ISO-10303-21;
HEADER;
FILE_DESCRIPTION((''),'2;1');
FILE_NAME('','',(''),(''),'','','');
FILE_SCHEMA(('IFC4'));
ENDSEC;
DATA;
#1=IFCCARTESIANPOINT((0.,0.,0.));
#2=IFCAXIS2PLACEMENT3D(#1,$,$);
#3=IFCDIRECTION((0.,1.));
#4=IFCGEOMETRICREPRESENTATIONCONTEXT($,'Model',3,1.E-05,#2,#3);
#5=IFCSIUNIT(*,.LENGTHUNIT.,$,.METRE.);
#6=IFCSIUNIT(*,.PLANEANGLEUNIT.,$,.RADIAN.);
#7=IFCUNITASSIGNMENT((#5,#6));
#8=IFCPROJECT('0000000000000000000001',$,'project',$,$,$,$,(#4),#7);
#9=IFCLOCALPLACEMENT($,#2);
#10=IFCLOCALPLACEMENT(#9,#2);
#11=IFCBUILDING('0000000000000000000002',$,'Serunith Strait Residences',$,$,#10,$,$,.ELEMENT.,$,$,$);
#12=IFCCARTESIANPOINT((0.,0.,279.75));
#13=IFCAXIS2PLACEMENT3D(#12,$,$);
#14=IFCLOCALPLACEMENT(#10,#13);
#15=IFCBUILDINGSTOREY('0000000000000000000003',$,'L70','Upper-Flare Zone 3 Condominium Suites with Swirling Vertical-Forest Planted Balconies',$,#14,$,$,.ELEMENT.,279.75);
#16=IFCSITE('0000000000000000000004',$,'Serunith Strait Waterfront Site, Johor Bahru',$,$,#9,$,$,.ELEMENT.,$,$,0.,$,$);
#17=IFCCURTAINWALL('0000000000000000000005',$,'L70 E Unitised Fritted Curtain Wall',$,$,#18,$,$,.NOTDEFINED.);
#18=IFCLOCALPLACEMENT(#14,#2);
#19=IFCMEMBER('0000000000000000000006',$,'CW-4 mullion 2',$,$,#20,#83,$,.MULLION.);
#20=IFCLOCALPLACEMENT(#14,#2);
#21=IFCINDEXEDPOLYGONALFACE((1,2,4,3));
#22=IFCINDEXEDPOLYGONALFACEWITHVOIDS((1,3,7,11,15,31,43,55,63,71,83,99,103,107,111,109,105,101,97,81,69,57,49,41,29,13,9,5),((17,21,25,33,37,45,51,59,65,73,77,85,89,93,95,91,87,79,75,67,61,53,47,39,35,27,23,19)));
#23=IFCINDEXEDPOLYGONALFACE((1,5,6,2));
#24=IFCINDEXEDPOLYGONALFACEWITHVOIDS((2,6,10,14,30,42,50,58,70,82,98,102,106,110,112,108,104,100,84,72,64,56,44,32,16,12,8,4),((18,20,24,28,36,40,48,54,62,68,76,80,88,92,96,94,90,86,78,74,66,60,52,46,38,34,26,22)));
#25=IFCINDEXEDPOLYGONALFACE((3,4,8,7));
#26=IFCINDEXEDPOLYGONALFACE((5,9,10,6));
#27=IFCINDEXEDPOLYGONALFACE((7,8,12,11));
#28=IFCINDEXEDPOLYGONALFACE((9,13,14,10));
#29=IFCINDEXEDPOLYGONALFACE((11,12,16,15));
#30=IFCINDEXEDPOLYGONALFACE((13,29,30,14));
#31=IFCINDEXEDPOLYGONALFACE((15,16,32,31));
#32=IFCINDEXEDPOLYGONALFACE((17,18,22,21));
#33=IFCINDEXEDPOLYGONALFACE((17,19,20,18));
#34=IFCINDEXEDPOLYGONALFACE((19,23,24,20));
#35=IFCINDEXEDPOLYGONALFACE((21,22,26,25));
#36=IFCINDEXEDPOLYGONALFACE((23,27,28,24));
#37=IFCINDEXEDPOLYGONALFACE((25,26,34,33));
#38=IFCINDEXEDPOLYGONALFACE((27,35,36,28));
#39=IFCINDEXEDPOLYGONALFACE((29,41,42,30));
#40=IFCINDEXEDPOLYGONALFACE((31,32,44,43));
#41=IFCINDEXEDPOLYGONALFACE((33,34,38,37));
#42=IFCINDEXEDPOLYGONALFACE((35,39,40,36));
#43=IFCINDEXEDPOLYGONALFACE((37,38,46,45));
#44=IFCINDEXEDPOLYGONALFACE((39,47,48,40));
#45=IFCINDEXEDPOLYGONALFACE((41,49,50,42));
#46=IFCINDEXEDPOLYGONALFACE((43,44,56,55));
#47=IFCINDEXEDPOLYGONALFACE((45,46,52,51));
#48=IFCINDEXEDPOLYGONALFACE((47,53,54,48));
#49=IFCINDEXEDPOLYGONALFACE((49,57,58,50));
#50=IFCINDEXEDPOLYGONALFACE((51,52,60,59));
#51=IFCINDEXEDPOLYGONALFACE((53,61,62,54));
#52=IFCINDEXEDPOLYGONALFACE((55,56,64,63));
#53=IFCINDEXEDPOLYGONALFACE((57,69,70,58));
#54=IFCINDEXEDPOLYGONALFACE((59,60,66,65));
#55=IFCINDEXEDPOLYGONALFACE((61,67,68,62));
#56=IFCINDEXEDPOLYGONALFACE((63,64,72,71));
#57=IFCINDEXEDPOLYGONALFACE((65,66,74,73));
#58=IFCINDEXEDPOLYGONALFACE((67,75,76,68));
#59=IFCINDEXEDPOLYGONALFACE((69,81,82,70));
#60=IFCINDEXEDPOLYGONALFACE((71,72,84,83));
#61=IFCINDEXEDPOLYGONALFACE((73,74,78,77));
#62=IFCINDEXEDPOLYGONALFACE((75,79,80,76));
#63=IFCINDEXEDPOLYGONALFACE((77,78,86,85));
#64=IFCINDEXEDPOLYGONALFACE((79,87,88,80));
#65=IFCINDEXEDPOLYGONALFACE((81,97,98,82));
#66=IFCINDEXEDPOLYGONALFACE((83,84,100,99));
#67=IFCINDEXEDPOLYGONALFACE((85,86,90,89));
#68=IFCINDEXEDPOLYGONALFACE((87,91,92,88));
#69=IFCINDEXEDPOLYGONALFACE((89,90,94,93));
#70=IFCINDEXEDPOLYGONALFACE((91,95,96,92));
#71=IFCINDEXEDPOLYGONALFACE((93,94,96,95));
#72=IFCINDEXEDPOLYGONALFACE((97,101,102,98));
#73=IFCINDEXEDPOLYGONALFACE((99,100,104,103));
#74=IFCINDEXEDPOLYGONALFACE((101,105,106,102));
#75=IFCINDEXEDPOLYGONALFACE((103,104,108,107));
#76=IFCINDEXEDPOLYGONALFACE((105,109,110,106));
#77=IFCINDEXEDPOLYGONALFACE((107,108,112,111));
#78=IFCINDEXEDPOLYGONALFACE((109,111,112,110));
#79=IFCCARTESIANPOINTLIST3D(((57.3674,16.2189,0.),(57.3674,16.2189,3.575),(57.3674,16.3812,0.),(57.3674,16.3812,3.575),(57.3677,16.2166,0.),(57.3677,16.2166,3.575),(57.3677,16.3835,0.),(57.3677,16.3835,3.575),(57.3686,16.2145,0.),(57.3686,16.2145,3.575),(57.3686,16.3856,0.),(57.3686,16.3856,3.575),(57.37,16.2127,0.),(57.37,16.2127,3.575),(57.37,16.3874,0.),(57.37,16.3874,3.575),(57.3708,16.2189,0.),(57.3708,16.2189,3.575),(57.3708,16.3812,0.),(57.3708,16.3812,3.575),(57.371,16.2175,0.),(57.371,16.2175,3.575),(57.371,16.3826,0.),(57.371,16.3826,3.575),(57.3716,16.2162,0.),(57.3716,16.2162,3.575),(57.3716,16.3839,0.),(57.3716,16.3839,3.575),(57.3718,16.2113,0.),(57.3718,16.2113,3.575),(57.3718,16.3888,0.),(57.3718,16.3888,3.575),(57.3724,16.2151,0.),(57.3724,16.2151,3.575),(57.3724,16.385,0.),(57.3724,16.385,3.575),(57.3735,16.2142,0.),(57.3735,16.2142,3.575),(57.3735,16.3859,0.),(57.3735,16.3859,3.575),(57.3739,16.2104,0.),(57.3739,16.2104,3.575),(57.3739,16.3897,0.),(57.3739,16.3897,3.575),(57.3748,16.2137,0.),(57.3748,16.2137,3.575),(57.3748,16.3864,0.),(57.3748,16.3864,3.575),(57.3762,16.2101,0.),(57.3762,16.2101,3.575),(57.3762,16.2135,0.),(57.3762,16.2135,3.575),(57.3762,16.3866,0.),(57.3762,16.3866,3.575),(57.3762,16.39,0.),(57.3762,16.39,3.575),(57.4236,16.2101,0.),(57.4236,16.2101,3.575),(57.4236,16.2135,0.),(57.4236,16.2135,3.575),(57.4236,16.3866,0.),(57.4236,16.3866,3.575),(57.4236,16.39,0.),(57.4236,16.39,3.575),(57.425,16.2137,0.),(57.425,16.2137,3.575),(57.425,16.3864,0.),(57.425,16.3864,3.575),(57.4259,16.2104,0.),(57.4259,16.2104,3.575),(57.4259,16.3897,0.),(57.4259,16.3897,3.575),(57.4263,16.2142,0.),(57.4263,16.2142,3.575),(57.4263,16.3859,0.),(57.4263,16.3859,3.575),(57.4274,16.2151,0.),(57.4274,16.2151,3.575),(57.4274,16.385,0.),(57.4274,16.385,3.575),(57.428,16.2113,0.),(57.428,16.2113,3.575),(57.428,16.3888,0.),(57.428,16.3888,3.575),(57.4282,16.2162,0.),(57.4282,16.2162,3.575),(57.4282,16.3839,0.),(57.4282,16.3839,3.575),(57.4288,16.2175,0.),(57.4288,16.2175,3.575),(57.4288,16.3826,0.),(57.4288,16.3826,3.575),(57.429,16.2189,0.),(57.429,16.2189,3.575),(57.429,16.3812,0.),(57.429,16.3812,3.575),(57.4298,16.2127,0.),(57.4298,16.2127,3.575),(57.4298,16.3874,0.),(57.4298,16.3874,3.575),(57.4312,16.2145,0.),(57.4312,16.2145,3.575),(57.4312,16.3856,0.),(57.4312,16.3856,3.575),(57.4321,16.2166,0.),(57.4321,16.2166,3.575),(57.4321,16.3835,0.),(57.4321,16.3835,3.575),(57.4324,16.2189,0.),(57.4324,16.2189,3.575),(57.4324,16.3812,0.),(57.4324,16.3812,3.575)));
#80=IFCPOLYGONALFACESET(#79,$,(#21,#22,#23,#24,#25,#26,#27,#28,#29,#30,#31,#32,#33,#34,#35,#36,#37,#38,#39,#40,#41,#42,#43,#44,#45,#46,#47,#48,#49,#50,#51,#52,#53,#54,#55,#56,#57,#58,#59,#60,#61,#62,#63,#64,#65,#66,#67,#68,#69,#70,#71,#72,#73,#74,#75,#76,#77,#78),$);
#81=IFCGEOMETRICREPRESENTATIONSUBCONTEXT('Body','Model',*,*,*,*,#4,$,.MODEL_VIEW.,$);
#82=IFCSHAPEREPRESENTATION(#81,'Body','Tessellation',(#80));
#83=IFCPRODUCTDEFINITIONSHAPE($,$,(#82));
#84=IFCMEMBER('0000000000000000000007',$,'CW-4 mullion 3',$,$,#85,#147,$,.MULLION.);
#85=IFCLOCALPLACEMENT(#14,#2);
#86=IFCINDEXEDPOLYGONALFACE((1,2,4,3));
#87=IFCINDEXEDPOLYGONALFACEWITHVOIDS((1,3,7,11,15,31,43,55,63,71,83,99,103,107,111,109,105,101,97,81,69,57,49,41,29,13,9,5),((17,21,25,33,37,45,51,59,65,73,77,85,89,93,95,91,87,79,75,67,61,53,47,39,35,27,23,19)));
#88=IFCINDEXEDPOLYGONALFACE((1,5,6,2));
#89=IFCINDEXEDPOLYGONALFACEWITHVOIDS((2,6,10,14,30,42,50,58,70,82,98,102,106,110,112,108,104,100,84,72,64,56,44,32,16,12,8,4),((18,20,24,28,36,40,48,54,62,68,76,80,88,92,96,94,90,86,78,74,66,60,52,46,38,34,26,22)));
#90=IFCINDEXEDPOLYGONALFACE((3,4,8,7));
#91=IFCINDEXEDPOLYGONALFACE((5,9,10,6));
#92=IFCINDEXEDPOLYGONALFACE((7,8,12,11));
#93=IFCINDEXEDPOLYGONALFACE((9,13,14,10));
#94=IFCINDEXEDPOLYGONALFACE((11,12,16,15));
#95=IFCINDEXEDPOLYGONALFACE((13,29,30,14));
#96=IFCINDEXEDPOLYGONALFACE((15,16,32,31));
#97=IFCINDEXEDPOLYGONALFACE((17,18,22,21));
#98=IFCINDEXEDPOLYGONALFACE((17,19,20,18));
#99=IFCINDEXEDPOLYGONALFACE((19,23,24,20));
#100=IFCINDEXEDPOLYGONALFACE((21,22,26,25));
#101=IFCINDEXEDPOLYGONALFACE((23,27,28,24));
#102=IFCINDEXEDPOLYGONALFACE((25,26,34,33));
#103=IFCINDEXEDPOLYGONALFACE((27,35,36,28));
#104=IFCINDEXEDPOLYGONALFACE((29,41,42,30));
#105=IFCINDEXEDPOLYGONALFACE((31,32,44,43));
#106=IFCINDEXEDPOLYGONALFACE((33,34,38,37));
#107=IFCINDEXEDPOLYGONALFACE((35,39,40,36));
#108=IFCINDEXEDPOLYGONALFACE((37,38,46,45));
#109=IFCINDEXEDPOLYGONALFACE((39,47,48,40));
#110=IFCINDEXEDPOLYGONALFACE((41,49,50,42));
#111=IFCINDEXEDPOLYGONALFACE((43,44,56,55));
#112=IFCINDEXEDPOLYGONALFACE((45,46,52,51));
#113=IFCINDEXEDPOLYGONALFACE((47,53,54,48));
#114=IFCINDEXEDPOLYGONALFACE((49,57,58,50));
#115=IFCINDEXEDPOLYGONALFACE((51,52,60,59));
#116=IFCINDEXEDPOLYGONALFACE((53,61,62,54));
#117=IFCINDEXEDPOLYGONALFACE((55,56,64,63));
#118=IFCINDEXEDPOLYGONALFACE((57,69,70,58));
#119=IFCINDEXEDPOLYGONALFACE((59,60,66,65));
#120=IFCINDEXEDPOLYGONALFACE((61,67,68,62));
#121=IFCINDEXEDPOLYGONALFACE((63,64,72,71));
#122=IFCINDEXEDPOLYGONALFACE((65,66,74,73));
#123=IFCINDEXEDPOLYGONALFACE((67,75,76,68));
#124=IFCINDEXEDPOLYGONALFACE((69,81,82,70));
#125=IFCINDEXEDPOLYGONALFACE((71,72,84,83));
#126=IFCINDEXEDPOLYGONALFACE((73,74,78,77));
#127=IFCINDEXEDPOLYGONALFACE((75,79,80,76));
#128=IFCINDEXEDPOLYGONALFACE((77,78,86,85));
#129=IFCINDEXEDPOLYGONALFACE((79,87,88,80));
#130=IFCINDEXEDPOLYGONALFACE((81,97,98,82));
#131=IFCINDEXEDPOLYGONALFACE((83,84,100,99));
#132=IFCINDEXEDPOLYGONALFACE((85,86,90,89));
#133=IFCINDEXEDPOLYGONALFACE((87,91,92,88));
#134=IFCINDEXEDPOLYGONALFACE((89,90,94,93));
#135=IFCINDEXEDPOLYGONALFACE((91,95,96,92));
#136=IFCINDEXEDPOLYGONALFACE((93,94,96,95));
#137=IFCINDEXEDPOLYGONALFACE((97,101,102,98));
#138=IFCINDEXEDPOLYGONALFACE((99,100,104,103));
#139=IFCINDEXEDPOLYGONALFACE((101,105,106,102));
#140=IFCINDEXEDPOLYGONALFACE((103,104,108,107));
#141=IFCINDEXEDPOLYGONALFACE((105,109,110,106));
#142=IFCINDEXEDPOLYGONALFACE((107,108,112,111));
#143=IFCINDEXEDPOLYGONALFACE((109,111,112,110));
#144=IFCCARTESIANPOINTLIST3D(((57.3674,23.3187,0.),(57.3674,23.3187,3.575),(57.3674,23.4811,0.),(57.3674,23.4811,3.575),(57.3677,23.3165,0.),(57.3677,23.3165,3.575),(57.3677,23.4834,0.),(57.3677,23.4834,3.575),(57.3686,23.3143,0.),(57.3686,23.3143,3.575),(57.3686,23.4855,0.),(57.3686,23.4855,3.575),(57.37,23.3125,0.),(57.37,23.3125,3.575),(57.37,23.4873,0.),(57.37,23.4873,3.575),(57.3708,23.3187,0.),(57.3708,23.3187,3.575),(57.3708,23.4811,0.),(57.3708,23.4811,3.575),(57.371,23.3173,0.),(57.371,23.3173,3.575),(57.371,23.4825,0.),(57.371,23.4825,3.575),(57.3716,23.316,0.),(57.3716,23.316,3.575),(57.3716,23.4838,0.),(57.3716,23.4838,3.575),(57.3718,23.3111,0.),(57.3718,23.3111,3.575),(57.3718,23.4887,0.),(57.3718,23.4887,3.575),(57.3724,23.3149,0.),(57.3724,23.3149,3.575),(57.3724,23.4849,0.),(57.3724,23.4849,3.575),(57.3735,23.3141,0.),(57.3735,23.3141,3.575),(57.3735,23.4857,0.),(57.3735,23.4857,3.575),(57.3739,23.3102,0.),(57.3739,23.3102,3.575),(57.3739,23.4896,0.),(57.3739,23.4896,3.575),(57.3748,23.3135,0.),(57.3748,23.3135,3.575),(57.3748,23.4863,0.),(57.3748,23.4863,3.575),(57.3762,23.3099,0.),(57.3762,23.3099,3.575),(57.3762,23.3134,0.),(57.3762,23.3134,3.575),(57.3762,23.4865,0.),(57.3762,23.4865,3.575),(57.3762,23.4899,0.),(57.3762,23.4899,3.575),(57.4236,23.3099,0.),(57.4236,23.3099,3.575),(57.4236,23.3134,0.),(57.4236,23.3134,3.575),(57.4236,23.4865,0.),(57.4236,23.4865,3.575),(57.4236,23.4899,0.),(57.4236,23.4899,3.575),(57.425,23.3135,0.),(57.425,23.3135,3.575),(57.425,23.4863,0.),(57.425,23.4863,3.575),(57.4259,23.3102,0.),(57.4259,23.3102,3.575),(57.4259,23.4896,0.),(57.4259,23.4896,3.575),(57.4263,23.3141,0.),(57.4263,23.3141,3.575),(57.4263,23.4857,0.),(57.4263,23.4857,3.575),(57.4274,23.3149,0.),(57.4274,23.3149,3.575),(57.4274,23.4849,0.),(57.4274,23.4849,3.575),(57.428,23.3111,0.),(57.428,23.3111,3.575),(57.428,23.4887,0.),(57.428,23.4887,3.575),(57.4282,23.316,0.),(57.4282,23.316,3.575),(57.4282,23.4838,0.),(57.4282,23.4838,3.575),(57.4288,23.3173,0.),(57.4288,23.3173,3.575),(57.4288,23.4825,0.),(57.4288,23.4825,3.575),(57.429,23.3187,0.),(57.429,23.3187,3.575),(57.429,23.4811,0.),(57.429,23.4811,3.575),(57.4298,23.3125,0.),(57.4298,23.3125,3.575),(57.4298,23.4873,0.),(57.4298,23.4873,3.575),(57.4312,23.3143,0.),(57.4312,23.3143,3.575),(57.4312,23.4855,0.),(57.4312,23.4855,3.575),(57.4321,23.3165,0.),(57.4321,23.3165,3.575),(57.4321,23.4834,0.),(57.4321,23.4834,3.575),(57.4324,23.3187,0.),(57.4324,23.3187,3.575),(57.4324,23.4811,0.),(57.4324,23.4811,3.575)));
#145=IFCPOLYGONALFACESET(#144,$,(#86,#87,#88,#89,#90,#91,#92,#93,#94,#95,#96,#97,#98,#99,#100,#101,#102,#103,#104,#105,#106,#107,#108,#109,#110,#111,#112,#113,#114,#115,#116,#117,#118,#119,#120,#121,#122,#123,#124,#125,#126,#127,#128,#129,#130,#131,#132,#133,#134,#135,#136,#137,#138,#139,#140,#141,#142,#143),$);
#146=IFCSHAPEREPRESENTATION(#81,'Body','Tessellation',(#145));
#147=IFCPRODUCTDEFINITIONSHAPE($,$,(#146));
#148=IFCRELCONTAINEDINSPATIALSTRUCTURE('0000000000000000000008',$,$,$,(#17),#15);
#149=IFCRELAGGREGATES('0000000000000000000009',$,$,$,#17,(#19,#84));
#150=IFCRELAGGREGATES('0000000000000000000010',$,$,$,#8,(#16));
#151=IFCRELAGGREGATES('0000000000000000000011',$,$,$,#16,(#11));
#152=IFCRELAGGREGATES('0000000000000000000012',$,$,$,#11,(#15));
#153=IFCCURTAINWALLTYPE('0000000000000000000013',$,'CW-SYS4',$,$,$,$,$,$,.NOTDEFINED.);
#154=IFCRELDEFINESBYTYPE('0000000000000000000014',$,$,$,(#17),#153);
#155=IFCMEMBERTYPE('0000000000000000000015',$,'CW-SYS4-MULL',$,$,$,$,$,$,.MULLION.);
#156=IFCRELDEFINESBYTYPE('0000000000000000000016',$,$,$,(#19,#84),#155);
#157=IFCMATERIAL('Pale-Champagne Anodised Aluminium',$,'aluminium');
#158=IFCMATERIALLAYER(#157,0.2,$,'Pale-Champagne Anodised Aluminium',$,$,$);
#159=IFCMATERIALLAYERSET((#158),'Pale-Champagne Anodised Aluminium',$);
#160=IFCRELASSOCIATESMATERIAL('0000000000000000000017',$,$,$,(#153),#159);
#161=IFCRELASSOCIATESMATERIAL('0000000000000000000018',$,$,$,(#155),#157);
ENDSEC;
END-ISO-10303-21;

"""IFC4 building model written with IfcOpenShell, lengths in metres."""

from ifc_helpers import new_model, si_unit, direction, frame, origin, origin_2d, place, context, subcontext, project, spatial, hollow_rectangle, extrude, source, transform, mapped, material, layer, layer_set, material_profile, profile_set, type_object, element, aggregate, save


model = new_model("IFC4")

# Units and contexts
model_context = context("Model", 3, precision=1e-05, world=origin(), true_north=direction((0.0, 1.0)))
body_context = subcontext(model_context, "Body", "Model", "MODEL_VIEW")
ifc_project = project(units=[si_unit("LENGTHUNIT", "METRE"), si_unit("PLANEANGLEUNIT", "RADIAN")], contexts=[model_context])

# Site, building, storey
site_placement = place(None, origin())
site = spatial("IfcSite", under=ifc_project, at=site_placement, Name="Serunith Strait Waterfront Site, Johor Bahru", CompositionType="ELEMENT", RefElevation=0.0)
building_placement = place(site_placement, origin())
building = spatial("IfcBuilding", under=site, at=building_placement, Name="Serunith Strait Residences", CompositionType="ELEMENT")
storey_placement = place(building_placement, frame((0.0, 0.0, 279.75)))
storey = spatial("IfcBuildingStorey", under=building, at=storey_placement, Name="L70", Description="Upper-Flare Zone 3 Condominium Suites with Swirling Vertical-Forest Planted Balconies", CompositionType="ELEMENT", Elevation=279.75)

# Curtain wall, members
ifc_material_1 = material(Name="Pale-Champagne Anodised Aluminium", Category="aluminium")
ifc_layer_1 = layer(ifc_material_1, 0.2, Name="Pale-Champagne Anodised Aluminium")
ifc_layer_set_1 = layer_set([ifc_layer_1], Name="Pale-Champagne Anodised Aluminium")
curtain_wall_type = type_object("IfcCurtainWallType", Name="CW-SYS4", PredefinedType="NOTDEFINED", material=ifc_layer_set_1)
curtain_wall_placement = place(storey_placement, origin())
curtain_wall = element("IfcCurtainWall", 1, at=curtain_wall_placement, inside=storey, type_object=curtain_wall_type, Name="L70 E Unitised Fritted Curtain Wall", PredefinedType="NOTDEFINED")
ifc_material_profile_1 = material_profile(ifc_material_1, hollow_rectangle(XDim=0.0649, YDim=0.1799, WallThickness=0.0034, InnerFilletRadius=0.0054, OuterFilletRadius=0.0088, at=origin_2d()), Name="ALU 180x65x3.5")
ifc_profile_set_1 = profile_set([ifc_material_profile_1], Name="Pale-Champagne Anodised Aluminium")
member_type_1 = type_object("IfcMemberType", Name="CW-SYS4-MULL", PredefinedType="MULLION", material=ifc_profile_set_1)
shared_shape_1 = source(origin(), body_context, "Body", "SweptSolid", [
    extrude(hollow_rectangle(XDim=0.0649, YDim=0.1799, WallThickness=0.0034, InnerFilletRadius=0.0054, OuterFilletRadius=0.0088, at=origin_2d()), origin(), (0.0, 0.0, 1.0), 3.575),
])
member_1_placement = place(storey_placement, frame((57.3999, 16.3, 0.0), z_axis=(0.0, 0.0, 1.0), x_axis=(-1.0, 0.0, 0.0)))
member_1 = element("IfcMember", 2, at=member_1_placement, type_object=member_type_1, Name="CW-4 mullion 2", PredefinedType="MULLION", context=body_context, shape_type="MappedRepresentation", body=[
    mapped(shared_shape_1, transform((0.0, 0.0, 0.0), scale=1.0)),
])
member_2_placement = place(storey_placement, frame((57.3999, 23.3999, 0.0), z_axis=(0.0, 0.0, 1.0), x_axis=(-1.0, 0.0, 0.0)))
member_2 = element("IfcMember", 3, at=member_2_placement, type_object=member_type_1, Name="CW-4 mullion 3", PredefinedType="MULLION", context=body_context, shape_type="MappedRepresentation", body=[
    mapped(shared_shape_1, transform((0.0, 0.0, 0.0), scale=1.0)),
])
aggregate(curtain_wall, [member_1, member_2])

save(model, "model.ifc")
